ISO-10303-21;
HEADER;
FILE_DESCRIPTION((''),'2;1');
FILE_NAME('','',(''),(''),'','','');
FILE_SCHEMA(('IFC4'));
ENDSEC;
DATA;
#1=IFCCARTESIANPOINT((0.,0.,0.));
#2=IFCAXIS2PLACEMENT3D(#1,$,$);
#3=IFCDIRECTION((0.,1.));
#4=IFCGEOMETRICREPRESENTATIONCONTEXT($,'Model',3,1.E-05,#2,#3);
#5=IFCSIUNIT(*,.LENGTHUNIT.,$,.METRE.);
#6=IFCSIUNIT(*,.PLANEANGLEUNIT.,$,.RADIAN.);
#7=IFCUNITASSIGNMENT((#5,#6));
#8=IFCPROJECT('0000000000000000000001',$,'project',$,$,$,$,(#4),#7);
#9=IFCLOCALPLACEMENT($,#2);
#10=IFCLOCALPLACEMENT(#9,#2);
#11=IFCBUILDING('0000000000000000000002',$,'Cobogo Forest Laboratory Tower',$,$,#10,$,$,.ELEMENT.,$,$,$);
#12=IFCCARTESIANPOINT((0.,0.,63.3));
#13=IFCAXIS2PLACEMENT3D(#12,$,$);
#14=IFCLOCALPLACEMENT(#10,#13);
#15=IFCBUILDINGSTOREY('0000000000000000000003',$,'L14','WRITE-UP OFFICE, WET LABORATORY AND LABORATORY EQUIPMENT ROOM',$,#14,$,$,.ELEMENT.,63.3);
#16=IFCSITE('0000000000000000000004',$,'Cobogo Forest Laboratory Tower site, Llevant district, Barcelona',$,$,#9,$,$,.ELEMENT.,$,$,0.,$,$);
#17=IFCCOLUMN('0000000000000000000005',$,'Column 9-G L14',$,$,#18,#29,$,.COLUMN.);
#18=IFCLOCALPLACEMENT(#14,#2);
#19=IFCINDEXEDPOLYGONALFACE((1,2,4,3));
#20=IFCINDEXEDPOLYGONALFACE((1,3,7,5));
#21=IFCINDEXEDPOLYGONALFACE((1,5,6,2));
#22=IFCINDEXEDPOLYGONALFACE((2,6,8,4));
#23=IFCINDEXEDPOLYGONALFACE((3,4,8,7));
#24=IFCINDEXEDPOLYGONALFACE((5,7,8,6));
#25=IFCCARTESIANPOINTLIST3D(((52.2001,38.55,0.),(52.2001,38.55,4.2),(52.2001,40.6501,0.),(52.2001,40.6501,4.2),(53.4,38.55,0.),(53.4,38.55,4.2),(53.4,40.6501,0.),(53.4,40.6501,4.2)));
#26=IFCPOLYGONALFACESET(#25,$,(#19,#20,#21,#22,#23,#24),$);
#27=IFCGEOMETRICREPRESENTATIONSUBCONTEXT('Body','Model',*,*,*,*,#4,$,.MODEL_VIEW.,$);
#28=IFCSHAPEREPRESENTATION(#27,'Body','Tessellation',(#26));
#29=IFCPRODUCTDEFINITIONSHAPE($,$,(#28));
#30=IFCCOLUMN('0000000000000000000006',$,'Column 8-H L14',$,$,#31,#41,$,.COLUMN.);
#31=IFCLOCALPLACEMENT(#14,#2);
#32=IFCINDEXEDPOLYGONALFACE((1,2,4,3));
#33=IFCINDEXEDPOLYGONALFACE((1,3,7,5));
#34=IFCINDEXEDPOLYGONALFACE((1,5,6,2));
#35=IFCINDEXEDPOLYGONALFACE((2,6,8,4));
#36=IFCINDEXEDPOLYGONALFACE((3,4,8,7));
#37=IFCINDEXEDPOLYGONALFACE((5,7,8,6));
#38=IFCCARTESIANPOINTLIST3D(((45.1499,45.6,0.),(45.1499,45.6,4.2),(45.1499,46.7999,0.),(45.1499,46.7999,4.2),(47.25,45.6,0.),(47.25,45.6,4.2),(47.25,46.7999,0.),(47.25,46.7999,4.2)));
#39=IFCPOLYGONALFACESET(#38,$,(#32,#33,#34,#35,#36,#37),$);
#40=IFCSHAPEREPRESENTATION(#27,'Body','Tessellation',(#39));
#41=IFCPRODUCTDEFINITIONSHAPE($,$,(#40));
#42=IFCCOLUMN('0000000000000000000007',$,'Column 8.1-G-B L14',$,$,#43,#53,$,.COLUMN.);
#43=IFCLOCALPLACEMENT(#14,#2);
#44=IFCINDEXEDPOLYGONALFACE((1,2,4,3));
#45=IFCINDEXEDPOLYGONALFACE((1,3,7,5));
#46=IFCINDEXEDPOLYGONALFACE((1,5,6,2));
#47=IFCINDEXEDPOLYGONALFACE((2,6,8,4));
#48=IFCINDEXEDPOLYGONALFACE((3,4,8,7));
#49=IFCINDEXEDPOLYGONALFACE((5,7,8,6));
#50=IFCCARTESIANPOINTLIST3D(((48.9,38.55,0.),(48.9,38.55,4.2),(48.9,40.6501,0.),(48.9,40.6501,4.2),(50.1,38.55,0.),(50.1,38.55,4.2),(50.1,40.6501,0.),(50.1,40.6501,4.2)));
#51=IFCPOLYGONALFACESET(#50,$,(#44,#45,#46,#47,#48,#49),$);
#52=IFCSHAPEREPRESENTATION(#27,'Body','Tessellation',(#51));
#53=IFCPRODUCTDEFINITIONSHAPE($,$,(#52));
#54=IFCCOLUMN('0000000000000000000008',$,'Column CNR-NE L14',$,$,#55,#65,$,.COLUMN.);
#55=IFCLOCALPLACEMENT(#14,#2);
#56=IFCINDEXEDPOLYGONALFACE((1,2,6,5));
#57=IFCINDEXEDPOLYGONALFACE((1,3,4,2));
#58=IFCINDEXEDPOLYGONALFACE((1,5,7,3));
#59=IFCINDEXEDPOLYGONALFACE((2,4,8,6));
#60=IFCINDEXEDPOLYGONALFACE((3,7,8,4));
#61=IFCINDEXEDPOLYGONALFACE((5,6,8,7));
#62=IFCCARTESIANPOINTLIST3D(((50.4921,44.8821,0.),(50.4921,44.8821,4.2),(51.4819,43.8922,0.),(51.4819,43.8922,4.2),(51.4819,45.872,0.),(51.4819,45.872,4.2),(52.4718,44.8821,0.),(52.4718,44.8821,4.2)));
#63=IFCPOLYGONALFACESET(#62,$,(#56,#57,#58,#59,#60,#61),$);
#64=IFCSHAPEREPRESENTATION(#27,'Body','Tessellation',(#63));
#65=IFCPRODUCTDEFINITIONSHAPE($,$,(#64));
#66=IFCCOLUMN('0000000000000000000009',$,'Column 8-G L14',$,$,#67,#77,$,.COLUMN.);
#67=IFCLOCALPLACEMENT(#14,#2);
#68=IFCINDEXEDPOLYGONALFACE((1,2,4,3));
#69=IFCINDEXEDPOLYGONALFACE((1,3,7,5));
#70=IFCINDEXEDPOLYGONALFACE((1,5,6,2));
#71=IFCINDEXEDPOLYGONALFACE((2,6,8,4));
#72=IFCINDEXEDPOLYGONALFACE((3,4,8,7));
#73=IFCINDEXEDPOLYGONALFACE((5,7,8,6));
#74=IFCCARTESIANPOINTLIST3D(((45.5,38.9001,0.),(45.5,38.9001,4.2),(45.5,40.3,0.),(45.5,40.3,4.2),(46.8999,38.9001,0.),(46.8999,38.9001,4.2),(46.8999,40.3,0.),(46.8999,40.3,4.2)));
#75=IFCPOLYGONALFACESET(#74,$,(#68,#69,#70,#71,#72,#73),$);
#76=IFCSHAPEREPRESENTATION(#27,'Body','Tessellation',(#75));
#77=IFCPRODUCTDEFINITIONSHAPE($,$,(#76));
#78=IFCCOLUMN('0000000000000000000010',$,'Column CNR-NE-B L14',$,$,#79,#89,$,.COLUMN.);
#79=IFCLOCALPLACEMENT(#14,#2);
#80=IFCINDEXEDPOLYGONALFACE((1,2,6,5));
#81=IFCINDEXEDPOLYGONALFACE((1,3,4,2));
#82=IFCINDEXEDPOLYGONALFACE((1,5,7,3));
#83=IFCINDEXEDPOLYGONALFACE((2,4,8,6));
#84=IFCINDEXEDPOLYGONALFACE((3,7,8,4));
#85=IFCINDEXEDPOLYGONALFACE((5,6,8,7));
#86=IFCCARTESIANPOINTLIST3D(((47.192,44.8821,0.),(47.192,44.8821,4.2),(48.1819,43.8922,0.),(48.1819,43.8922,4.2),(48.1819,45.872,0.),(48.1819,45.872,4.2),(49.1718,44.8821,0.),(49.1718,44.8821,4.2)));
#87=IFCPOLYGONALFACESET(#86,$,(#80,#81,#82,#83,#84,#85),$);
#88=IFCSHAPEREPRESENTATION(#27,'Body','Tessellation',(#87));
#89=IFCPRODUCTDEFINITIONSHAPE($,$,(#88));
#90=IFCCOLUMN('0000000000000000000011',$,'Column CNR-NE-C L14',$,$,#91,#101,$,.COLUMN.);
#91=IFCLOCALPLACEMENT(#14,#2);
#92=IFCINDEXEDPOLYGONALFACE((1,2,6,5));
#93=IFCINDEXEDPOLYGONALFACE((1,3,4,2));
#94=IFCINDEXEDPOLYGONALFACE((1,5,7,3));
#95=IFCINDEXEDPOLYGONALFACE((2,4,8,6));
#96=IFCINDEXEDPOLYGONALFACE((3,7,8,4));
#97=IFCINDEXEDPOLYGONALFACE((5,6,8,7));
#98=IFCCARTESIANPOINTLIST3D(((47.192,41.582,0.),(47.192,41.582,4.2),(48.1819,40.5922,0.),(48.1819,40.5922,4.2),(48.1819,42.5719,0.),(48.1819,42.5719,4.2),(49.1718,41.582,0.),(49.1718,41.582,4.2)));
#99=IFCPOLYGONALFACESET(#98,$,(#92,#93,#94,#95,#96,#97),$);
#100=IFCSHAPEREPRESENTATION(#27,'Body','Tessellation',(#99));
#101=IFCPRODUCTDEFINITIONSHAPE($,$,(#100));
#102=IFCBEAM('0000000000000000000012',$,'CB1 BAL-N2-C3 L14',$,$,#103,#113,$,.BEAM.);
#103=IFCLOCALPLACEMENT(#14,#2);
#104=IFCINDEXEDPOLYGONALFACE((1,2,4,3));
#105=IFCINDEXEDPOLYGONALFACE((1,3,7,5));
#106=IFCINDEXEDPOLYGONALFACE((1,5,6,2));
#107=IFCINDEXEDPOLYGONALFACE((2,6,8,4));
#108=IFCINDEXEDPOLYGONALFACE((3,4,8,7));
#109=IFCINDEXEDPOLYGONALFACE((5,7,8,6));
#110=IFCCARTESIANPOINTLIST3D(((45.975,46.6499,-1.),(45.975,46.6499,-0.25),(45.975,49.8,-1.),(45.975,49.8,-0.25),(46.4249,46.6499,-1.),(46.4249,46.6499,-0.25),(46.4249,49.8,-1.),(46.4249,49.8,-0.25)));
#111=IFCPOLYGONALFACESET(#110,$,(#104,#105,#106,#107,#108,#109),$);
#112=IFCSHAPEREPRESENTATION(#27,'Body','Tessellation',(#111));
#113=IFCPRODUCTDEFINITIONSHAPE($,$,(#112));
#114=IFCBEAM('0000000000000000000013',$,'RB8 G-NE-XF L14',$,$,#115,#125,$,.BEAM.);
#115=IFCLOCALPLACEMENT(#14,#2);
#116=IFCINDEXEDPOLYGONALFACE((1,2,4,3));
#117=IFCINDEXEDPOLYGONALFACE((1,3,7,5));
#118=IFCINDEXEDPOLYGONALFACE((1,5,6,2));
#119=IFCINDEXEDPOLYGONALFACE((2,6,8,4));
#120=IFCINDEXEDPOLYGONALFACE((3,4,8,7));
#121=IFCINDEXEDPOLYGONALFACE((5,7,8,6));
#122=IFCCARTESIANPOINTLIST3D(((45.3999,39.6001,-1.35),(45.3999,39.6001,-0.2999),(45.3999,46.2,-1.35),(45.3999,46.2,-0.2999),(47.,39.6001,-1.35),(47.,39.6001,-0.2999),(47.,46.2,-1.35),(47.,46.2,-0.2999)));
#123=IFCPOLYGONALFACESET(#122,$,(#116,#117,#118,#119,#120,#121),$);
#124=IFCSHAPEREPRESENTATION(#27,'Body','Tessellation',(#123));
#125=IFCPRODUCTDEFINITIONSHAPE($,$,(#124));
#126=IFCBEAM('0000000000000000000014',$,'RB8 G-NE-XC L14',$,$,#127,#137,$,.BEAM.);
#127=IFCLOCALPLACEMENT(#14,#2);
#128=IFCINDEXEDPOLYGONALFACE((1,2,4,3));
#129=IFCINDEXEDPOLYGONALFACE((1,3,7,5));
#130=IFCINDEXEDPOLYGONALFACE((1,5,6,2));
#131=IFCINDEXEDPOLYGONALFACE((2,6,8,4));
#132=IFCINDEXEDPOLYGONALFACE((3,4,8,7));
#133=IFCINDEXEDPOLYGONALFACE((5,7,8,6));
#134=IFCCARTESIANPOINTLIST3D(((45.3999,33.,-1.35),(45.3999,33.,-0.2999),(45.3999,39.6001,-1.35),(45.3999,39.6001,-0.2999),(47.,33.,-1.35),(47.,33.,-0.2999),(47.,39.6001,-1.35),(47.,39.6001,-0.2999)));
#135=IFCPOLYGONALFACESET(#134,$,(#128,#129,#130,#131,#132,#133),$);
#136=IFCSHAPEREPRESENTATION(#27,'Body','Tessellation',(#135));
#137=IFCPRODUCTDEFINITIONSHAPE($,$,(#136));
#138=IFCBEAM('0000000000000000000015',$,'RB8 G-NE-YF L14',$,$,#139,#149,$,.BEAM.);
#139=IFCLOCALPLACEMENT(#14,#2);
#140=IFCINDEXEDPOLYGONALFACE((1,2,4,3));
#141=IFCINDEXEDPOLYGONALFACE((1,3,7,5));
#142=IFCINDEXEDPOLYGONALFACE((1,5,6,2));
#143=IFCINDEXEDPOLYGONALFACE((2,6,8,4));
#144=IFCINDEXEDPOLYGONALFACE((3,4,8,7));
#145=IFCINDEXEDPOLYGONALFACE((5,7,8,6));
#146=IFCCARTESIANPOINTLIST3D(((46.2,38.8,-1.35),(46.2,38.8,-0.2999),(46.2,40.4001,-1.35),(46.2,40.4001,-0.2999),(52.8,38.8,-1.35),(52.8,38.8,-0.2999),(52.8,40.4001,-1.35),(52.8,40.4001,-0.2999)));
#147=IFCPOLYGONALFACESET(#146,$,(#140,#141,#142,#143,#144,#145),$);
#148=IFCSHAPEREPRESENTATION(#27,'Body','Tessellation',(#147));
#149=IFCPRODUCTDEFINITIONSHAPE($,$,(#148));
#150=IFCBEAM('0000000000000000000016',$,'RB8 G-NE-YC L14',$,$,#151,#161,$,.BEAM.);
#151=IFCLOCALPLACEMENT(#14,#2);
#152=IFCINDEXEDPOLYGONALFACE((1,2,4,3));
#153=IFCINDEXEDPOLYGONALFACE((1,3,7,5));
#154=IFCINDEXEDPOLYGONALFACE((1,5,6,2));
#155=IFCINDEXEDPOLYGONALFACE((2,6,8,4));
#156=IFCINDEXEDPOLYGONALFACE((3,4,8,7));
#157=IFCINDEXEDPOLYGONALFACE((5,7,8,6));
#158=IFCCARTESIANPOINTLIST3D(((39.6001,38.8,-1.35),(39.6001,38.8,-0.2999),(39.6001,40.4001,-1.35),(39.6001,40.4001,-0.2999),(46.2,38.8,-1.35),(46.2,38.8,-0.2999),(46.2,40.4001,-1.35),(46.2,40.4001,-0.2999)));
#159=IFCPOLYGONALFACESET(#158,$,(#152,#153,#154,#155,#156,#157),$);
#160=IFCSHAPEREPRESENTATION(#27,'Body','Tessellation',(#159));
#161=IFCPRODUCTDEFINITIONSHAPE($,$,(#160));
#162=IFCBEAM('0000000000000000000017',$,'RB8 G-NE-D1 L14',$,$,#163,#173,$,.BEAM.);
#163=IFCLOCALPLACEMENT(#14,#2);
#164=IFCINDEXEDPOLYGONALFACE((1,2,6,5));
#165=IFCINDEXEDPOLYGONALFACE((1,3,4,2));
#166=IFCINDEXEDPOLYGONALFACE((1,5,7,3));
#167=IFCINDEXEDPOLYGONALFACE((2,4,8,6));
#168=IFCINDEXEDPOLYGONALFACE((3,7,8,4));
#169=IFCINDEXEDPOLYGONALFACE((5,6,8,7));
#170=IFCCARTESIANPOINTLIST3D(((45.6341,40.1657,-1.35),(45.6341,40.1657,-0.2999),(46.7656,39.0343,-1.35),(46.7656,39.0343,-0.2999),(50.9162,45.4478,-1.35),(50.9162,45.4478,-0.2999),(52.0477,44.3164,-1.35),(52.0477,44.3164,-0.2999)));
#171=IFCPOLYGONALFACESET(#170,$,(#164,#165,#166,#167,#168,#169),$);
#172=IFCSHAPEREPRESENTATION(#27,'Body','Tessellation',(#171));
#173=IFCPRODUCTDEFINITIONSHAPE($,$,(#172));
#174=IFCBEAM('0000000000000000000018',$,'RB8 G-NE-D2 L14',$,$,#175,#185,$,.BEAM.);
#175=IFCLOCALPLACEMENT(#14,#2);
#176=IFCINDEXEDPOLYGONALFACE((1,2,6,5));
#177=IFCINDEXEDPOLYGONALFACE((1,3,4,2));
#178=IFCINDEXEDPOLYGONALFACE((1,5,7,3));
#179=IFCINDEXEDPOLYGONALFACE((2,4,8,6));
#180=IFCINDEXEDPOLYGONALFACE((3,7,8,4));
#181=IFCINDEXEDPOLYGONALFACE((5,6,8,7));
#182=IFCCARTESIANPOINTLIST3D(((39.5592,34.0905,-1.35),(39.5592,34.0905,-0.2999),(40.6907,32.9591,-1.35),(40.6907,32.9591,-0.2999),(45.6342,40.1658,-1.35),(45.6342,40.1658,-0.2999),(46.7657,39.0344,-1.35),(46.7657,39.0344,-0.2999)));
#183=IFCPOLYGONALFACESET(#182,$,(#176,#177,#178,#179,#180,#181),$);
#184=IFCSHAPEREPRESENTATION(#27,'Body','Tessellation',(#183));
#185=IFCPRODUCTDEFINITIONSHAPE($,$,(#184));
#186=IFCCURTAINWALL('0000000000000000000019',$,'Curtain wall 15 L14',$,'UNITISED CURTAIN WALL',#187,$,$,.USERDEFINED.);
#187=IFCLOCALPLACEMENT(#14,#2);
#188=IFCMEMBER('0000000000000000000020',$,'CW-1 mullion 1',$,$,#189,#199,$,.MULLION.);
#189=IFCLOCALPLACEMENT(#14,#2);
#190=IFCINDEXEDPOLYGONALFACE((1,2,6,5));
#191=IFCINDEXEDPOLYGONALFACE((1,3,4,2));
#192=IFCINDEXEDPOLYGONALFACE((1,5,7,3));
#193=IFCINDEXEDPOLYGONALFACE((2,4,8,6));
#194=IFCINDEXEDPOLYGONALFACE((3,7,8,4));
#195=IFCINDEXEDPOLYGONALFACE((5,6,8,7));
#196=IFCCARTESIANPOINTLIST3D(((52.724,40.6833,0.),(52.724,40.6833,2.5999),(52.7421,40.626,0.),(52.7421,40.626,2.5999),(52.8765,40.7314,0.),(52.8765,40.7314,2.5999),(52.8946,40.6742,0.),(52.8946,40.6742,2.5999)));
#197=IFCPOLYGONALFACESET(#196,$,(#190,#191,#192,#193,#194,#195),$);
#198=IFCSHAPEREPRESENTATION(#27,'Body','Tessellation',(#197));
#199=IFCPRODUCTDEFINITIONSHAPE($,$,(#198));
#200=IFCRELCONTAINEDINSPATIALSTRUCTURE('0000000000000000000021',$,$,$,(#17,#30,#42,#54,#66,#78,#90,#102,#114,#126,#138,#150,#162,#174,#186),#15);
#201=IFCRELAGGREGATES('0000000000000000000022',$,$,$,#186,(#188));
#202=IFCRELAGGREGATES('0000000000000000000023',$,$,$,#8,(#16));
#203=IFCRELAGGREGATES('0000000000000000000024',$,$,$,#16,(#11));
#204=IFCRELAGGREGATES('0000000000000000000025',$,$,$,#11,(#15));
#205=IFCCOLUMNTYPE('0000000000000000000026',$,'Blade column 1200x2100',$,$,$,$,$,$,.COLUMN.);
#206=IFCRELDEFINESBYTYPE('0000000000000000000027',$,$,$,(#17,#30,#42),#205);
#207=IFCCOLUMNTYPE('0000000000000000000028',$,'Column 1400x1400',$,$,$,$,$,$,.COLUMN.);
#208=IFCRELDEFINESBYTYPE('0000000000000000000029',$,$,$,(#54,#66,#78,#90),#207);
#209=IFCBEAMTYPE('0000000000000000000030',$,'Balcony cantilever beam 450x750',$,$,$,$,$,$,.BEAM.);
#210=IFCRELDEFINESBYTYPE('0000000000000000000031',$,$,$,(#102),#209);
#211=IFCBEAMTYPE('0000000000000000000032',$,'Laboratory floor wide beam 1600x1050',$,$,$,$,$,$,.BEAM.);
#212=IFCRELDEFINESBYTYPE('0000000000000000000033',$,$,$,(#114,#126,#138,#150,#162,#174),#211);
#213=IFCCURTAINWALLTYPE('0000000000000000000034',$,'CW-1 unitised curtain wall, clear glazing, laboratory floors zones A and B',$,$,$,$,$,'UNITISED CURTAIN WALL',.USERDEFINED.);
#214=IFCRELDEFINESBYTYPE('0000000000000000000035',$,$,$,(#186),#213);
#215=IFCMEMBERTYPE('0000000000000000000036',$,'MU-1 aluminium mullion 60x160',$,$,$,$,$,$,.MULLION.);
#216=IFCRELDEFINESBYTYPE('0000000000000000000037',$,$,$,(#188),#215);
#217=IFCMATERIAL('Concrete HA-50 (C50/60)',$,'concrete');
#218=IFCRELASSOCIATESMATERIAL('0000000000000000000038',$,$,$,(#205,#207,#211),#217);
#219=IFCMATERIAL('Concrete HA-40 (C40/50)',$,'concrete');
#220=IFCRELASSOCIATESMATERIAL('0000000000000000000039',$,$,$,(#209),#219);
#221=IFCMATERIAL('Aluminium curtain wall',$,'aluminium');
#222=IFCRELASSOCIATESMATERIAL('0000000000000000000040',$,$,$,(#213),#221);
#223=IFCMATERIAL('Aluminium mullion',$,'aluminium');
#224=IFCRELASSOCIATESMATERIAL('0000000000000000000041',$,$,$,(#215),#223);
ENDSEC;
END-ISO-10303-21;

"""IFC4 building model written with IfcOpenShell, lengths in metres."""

from ifc_helpers import new_model, si_unit, direction, frame, origin, origin_2d, place, context, subcontext, project, spatial, rectangle, extrude, material, material_profile, profile_set, type_object, element, aggregate, save


model = new_model("IFC4")

# Units and contexts
model_context = context("Model", 3, precision=1e-05, world=origin(), true_north=direction((0.0, 1.0)))
body_context = subcontext(model_context, "Body", "Model", "MODEL_VIEW")
ifc_project = project(units=[si_unit("LENGTHUNIT", "METRE"), si_unit("PLANEANGLEUNIT", "RADIAN")], contexts=[model_context])

# Site, building, storey
site_placement = place(None, origin())
site = spatial("IfcSite", under=ifc_project, at=site_placement, Name="Cobogo Forest Laboratory Tower site, Llevant district, Barcelona", CompositionType="ELEMENT", RefElevation=0.0)
building_placement = place(site_placement, origin())
building = spatial("IfcBuilding", under=site, at=building_placement, Name="Cobogo Forest Laboratory Tower", CompositionType="ELEMENT")
storey_placement = place(building_placement, frame((0.0, 0.0, 63.3)))
storey = spatial("IfcBuildingStorey", under=building, at=storey_placement, Name="L14", Description="WRITE-UP OFFICE, WET LABORATORY AND LABORATORY EQUIPMENT ROOM", CompositionType="ELEMENT", Elevation=63.3)

# Columns
ifc_material_1 = material(Name="Concrete HA-50 (C50/60)", Category="concrete")
ifc_material_profile_1 = material_profile(ifc_material_1, rectangle(XDim=2.1001, YDim=1.2, at=origin_2d()), Name="RC 1200x2100")
ifc_profile_set_1 = profile_set([ifc_material_profile_1], Name="Concrete HA-50 (C50/60)")
column_type_1 = type_object("IfcColumnType", Name="Blade column 1200x2100", PredefinedType="COLUMN", material=ifc_profile_set_1)
for number, where, z_axis, x_axis, name in (
    (1, (52.8, 39.6001, 0.0), (0.0, 0.0, 1.0), (0.0, 1.0, 0.0), "Column 9-G L14"),
    (2, (46.2, 46.2, 0.0), (0.0, 0.0, 1.0), (1.0, 0.0, 0.0), "Column 8-H L14"),
    (3, (49.5, 39.6001, 0.0), (0.0, 0.0, 1.0), (0.0, 1.0, 0.0), "Column 8.1-G-B L14"),
):
    element("IfcColumn", number, at=place(storey_placement, frame(where, z_axis=z_axis, x_axis=x_axis)), inside=storey, type_object=column_type_1, Name=name, PredefinedType="COLUMN", context=body_context, shape_type="SweptSolid", body=[
        extrude(rectangle(XDim=2.1001, YDim=1.2, at=origin_2d()), origin(), (0.0, 0.0, 1.0), 4.2),
    ])
ifc_material_profile_2 = material_profile(ifc_material_1, rectangle(XDim=1.3999, YDim=1.3999, at=origin_2d()), Name="RC 1400x1400")
ifc_profile_set_2 = profile_set([ifc_material_profile_2], Name="Concrete HA-50 (C50/60)")
column_type_2 = type_object("IfcColumnType", Name="Column 1400x1400", PredefinedType="COLUMN", material=ifc_profile_set_2)
for number, where, z_axis, x_axis, name in (
    (4, (51.4819, 44.8821, 0.0), (0.0, 0.0, 1.0), (0.707107, 0.707107, 0.0), "Column CNR-NE L14"),
    (5, (46.2, 39.6001, 0.0), (0.0, 0.0, 1.0), (1.0, 0.0, 0.0), "Column 8-G L14"),
    (6, (48.1819, 44.8821, 0.0), (0.0, 0.0, 1.0), (0.707107, 0.707107, 0.0), "Column CNR-NE-B L14"),
    (7, (48.1819, 41.582, 0.0), (0.0, 0.0, 1.0), (0.707107, 0.707107, 0.0), "Column CNR-NE-C L14"),
):
    element("IfcColumn", number, at=place(storey_placement, frame(where, z_axis=z_axis, x_axis=x_axis)), inside=storey, type_object=column_type_2, Name=name, PredefinedType="COLUMN", context=body_context, shape_type="SweptSolid", body=[
        extrude(rectangle(XDim=1.3999, YDim=1.3999, at=origin_2d()), origin(), (0.0, 0.0, 1.0), 4.2),
    ])

# Beams
ifc_material_2 = material(Name="Concrete HA-40 (C40/50)", Category="concrete")
ifc_material_profile_3 = material_profile(ifc_material_2, rectangle(XDim=0.45, YDim=0.75, at=origin_2d()), Name="RC 450x750")
ifc_profile_set_3 = profile_set([ifc_material_profile_3], Name="Concrete HA-40 (C40/50)")
beam_type_1 = type_object("IfcBeamType", Name="Balcony cantilever beam 450x750", PredefinedType="BEAM", material=ifc_profile_set_3)
beam_1_placement = place(storey_placement, frame((46.2, 46.6499, -0.625), z_axis=(0.0, 1.0, 0.0), x_axis=(-1.0, 0.0, 0.0)))
element("IfcBeam", 8, at=beam_1_placement, inside=storey, type_object=beam_type_1, Name="CB1 BAL-N2-C3 L14", PredefinedType="BEAM", context=body_context, shape_type="SweptSolid", body=[
    extrude(rectangle(XDim=0.45, YDim=0.75, at=origin_2d()), origin(), (0.0, 0.0, 1.0), 3.1501),
])
ifc_material_profile_4 = material_profile(ifc_material_1, rectangle(XDim=1.6001, YDim=1.05, at=origin_2d()), Name="RC 1600x1050")
ifc_profile_set_4 = profile_set([ifc_material_profile_4], Name="Concrete HA-50 (C50/60)")
beam_type_2 = type_object("IfcBeamType", Name="Laboratory floor wide beam 1600x1050", PredefinedType="BEAM", material=ifc_profile_set_4)
beam_2_placement = place(storey_placement, frame((46.2, 46.2, -0.825), z_axis=(0.0, -1.0, 0.0), x_axis=(1.0, 0.0, 0.0)))
element("IfcBeam", 9, at=beam_2_placement, inside=storey, type_object=beam_type_2, Name="RB8 G-NE-XF L14", PredefinedType="BEAM", context=body_context, shape_type="SweptSolid", body=[
    extrude(rectangle(XDim=1.6001, YDim=1.05, at=origin_2d()), origin(), (0.0, 0.0, 1.0), 6.5999),
])
for number, where, z_axis, x_axis, name in (
    (10, (46.2, 39.6001, -0.825), (0.0, -1.0, 0.0), (1.0, 0.0, 0.0), "RB8 G-NE-XC L14"),
    (11, (52.8, 39.6001, -0.825), (-1.0, 0.0, 0.0), (0.0, -1.0, 0.0), "RB8 G-NE-YF L14"),
):
    element("IfcBeam", number, at=place(storey_placement, frame(where, z_axis=z_axis, x_axis=x_axis)), inside=storey, type_object=beam_type_2, Name=name, PredefinedType="BEAM", context=body_context, shape_type="SweptSolid", body=[
        extrude(rectangle(XDim=1.6001, YDim=1.05, at=origin_2d()), origin(), (0.0, 0.0, 1.0), 6.6001),
    ])
beam_3_placement = place(storey_placement, frame((46.2, 39.6001, -0.825), z_axis=(-1.0, 0.0, 0.0), x_axis=(0.0, -1.0, 0.0)))
element("IfcBeam", 12, at=beam_3_placement, inside=storey, type_object=beam_type_2, Name="RB8 G-NE-YC L14", PredefinedType="BEAM", context=body_context, shape_type="SweptSolid", body=[
    extrude(rectangle(XDim=1.6001, YDim=1.05, at=origin_2d()), origin(), (0.0, 0.0, 1.0), 6.5999),
])
beam_4_placement = place(storey_placement, frame((51.4819, 44.8821, -0.825), z_axis=(-0.707107, -0.707107, 0.0), x_axis=(0.707107, -0.707107, 0.0)))
element("IfcBeam", 13, at=beam_4_placement, inside=storey, type_object=beam_type_2, Name="RB8 G-NE-D1 L14", PredefinedType="BEAM", context=body_context, shape_type="SweptSolid", body=[
    extrude(rectangle(XDim=1.6001, YDim=1.05, at=origin_2d()), origin(), (0.0, 0.0, 1.0), 7.47),
])
beam_5_placement = place(storey_placement, frame((46.2, 39.6001, -0.825), z_axis=(-0.707093, -0.707121, 0.0), x_axis=(0.707121, -0.707093, 0.0)))
element("IfcBeam", 14, at=beam_5_placement, inside=storey, type_object=beam_type_2, Name="RB8 G-NE-D2 L14", PredefinedType="BEAM", context=body_context, shape_type="SweptSolid", body=[
    extrude(rectangle(XDim=1.6001, YDim=1.05, at=origin_2d()), origin(), (0.0, 0.0, 1.0), 8.5916),
])

# Curtain wall, member
ifc_material_3 = material(Name="Aluminium curtain wall", Category="aluminium")
curtain_wall_type = type_object("IfcCurtainWallType", Name="CW-1 unitised curtain wall, clear glazing, laboratory floors zones A and B", ElementType="UNITISED CURTAIN WALL", PredefinedType="USERDEFINED", material=ifc_material_3)
curtain_wall_1_placement = place(storey_placement, origin())
curtain_wall_1 = element("IfcCurtainWall", 15, at=curtain_wall_1_placement, inside=storey, type_object=curtain_wall_type, Name="Curtain wall 15 L14", ObjectType="UNITISED CURTAIN WALL", PredefinedType="USERDEFINED")
ifc_material_4 = material(Name="Aluminium mullion", Category="aluminium")
ifc_material_profile_5 = material_profile(ifc_material_4, rectangle(XDim=0.0601, YDim=0.1599, at=origin_2d()), Name="AL 60x160")
ifc_profile_set_5 = profile_set([ifc_material_profile_5], Name="Aluminium mullion")
member_type_1 = type_object("IfcMemberType", Name="MU-1 aluminium mullion 60x160", PredefinedType="MULLION", material=ifc_profile_set_5)
member_1_placement = place(storey_placement, frame((52.8093, 40.6787, 0.0), z_axis=(0.0, 0.0, 1.0), x_axis=(-0.301135, 0.953581, 0.0)))
member_1 = element("IfcMember", 16, at=member_1_placement, type_object=member_type_1, Name="CW-1 mullion 1", PredefinedType="MULLION", context=body_context, shape_type="SweptSolid", body=[
    extrude(rectangle(XDim=0.0601, YDim=0.1599, at=origin_2d()), origin(), (0.0, 0.0, 1.0), 2.5999),
])

aggregate(curtain_wall_1, [member_1])

save(model, "model.ifc")
